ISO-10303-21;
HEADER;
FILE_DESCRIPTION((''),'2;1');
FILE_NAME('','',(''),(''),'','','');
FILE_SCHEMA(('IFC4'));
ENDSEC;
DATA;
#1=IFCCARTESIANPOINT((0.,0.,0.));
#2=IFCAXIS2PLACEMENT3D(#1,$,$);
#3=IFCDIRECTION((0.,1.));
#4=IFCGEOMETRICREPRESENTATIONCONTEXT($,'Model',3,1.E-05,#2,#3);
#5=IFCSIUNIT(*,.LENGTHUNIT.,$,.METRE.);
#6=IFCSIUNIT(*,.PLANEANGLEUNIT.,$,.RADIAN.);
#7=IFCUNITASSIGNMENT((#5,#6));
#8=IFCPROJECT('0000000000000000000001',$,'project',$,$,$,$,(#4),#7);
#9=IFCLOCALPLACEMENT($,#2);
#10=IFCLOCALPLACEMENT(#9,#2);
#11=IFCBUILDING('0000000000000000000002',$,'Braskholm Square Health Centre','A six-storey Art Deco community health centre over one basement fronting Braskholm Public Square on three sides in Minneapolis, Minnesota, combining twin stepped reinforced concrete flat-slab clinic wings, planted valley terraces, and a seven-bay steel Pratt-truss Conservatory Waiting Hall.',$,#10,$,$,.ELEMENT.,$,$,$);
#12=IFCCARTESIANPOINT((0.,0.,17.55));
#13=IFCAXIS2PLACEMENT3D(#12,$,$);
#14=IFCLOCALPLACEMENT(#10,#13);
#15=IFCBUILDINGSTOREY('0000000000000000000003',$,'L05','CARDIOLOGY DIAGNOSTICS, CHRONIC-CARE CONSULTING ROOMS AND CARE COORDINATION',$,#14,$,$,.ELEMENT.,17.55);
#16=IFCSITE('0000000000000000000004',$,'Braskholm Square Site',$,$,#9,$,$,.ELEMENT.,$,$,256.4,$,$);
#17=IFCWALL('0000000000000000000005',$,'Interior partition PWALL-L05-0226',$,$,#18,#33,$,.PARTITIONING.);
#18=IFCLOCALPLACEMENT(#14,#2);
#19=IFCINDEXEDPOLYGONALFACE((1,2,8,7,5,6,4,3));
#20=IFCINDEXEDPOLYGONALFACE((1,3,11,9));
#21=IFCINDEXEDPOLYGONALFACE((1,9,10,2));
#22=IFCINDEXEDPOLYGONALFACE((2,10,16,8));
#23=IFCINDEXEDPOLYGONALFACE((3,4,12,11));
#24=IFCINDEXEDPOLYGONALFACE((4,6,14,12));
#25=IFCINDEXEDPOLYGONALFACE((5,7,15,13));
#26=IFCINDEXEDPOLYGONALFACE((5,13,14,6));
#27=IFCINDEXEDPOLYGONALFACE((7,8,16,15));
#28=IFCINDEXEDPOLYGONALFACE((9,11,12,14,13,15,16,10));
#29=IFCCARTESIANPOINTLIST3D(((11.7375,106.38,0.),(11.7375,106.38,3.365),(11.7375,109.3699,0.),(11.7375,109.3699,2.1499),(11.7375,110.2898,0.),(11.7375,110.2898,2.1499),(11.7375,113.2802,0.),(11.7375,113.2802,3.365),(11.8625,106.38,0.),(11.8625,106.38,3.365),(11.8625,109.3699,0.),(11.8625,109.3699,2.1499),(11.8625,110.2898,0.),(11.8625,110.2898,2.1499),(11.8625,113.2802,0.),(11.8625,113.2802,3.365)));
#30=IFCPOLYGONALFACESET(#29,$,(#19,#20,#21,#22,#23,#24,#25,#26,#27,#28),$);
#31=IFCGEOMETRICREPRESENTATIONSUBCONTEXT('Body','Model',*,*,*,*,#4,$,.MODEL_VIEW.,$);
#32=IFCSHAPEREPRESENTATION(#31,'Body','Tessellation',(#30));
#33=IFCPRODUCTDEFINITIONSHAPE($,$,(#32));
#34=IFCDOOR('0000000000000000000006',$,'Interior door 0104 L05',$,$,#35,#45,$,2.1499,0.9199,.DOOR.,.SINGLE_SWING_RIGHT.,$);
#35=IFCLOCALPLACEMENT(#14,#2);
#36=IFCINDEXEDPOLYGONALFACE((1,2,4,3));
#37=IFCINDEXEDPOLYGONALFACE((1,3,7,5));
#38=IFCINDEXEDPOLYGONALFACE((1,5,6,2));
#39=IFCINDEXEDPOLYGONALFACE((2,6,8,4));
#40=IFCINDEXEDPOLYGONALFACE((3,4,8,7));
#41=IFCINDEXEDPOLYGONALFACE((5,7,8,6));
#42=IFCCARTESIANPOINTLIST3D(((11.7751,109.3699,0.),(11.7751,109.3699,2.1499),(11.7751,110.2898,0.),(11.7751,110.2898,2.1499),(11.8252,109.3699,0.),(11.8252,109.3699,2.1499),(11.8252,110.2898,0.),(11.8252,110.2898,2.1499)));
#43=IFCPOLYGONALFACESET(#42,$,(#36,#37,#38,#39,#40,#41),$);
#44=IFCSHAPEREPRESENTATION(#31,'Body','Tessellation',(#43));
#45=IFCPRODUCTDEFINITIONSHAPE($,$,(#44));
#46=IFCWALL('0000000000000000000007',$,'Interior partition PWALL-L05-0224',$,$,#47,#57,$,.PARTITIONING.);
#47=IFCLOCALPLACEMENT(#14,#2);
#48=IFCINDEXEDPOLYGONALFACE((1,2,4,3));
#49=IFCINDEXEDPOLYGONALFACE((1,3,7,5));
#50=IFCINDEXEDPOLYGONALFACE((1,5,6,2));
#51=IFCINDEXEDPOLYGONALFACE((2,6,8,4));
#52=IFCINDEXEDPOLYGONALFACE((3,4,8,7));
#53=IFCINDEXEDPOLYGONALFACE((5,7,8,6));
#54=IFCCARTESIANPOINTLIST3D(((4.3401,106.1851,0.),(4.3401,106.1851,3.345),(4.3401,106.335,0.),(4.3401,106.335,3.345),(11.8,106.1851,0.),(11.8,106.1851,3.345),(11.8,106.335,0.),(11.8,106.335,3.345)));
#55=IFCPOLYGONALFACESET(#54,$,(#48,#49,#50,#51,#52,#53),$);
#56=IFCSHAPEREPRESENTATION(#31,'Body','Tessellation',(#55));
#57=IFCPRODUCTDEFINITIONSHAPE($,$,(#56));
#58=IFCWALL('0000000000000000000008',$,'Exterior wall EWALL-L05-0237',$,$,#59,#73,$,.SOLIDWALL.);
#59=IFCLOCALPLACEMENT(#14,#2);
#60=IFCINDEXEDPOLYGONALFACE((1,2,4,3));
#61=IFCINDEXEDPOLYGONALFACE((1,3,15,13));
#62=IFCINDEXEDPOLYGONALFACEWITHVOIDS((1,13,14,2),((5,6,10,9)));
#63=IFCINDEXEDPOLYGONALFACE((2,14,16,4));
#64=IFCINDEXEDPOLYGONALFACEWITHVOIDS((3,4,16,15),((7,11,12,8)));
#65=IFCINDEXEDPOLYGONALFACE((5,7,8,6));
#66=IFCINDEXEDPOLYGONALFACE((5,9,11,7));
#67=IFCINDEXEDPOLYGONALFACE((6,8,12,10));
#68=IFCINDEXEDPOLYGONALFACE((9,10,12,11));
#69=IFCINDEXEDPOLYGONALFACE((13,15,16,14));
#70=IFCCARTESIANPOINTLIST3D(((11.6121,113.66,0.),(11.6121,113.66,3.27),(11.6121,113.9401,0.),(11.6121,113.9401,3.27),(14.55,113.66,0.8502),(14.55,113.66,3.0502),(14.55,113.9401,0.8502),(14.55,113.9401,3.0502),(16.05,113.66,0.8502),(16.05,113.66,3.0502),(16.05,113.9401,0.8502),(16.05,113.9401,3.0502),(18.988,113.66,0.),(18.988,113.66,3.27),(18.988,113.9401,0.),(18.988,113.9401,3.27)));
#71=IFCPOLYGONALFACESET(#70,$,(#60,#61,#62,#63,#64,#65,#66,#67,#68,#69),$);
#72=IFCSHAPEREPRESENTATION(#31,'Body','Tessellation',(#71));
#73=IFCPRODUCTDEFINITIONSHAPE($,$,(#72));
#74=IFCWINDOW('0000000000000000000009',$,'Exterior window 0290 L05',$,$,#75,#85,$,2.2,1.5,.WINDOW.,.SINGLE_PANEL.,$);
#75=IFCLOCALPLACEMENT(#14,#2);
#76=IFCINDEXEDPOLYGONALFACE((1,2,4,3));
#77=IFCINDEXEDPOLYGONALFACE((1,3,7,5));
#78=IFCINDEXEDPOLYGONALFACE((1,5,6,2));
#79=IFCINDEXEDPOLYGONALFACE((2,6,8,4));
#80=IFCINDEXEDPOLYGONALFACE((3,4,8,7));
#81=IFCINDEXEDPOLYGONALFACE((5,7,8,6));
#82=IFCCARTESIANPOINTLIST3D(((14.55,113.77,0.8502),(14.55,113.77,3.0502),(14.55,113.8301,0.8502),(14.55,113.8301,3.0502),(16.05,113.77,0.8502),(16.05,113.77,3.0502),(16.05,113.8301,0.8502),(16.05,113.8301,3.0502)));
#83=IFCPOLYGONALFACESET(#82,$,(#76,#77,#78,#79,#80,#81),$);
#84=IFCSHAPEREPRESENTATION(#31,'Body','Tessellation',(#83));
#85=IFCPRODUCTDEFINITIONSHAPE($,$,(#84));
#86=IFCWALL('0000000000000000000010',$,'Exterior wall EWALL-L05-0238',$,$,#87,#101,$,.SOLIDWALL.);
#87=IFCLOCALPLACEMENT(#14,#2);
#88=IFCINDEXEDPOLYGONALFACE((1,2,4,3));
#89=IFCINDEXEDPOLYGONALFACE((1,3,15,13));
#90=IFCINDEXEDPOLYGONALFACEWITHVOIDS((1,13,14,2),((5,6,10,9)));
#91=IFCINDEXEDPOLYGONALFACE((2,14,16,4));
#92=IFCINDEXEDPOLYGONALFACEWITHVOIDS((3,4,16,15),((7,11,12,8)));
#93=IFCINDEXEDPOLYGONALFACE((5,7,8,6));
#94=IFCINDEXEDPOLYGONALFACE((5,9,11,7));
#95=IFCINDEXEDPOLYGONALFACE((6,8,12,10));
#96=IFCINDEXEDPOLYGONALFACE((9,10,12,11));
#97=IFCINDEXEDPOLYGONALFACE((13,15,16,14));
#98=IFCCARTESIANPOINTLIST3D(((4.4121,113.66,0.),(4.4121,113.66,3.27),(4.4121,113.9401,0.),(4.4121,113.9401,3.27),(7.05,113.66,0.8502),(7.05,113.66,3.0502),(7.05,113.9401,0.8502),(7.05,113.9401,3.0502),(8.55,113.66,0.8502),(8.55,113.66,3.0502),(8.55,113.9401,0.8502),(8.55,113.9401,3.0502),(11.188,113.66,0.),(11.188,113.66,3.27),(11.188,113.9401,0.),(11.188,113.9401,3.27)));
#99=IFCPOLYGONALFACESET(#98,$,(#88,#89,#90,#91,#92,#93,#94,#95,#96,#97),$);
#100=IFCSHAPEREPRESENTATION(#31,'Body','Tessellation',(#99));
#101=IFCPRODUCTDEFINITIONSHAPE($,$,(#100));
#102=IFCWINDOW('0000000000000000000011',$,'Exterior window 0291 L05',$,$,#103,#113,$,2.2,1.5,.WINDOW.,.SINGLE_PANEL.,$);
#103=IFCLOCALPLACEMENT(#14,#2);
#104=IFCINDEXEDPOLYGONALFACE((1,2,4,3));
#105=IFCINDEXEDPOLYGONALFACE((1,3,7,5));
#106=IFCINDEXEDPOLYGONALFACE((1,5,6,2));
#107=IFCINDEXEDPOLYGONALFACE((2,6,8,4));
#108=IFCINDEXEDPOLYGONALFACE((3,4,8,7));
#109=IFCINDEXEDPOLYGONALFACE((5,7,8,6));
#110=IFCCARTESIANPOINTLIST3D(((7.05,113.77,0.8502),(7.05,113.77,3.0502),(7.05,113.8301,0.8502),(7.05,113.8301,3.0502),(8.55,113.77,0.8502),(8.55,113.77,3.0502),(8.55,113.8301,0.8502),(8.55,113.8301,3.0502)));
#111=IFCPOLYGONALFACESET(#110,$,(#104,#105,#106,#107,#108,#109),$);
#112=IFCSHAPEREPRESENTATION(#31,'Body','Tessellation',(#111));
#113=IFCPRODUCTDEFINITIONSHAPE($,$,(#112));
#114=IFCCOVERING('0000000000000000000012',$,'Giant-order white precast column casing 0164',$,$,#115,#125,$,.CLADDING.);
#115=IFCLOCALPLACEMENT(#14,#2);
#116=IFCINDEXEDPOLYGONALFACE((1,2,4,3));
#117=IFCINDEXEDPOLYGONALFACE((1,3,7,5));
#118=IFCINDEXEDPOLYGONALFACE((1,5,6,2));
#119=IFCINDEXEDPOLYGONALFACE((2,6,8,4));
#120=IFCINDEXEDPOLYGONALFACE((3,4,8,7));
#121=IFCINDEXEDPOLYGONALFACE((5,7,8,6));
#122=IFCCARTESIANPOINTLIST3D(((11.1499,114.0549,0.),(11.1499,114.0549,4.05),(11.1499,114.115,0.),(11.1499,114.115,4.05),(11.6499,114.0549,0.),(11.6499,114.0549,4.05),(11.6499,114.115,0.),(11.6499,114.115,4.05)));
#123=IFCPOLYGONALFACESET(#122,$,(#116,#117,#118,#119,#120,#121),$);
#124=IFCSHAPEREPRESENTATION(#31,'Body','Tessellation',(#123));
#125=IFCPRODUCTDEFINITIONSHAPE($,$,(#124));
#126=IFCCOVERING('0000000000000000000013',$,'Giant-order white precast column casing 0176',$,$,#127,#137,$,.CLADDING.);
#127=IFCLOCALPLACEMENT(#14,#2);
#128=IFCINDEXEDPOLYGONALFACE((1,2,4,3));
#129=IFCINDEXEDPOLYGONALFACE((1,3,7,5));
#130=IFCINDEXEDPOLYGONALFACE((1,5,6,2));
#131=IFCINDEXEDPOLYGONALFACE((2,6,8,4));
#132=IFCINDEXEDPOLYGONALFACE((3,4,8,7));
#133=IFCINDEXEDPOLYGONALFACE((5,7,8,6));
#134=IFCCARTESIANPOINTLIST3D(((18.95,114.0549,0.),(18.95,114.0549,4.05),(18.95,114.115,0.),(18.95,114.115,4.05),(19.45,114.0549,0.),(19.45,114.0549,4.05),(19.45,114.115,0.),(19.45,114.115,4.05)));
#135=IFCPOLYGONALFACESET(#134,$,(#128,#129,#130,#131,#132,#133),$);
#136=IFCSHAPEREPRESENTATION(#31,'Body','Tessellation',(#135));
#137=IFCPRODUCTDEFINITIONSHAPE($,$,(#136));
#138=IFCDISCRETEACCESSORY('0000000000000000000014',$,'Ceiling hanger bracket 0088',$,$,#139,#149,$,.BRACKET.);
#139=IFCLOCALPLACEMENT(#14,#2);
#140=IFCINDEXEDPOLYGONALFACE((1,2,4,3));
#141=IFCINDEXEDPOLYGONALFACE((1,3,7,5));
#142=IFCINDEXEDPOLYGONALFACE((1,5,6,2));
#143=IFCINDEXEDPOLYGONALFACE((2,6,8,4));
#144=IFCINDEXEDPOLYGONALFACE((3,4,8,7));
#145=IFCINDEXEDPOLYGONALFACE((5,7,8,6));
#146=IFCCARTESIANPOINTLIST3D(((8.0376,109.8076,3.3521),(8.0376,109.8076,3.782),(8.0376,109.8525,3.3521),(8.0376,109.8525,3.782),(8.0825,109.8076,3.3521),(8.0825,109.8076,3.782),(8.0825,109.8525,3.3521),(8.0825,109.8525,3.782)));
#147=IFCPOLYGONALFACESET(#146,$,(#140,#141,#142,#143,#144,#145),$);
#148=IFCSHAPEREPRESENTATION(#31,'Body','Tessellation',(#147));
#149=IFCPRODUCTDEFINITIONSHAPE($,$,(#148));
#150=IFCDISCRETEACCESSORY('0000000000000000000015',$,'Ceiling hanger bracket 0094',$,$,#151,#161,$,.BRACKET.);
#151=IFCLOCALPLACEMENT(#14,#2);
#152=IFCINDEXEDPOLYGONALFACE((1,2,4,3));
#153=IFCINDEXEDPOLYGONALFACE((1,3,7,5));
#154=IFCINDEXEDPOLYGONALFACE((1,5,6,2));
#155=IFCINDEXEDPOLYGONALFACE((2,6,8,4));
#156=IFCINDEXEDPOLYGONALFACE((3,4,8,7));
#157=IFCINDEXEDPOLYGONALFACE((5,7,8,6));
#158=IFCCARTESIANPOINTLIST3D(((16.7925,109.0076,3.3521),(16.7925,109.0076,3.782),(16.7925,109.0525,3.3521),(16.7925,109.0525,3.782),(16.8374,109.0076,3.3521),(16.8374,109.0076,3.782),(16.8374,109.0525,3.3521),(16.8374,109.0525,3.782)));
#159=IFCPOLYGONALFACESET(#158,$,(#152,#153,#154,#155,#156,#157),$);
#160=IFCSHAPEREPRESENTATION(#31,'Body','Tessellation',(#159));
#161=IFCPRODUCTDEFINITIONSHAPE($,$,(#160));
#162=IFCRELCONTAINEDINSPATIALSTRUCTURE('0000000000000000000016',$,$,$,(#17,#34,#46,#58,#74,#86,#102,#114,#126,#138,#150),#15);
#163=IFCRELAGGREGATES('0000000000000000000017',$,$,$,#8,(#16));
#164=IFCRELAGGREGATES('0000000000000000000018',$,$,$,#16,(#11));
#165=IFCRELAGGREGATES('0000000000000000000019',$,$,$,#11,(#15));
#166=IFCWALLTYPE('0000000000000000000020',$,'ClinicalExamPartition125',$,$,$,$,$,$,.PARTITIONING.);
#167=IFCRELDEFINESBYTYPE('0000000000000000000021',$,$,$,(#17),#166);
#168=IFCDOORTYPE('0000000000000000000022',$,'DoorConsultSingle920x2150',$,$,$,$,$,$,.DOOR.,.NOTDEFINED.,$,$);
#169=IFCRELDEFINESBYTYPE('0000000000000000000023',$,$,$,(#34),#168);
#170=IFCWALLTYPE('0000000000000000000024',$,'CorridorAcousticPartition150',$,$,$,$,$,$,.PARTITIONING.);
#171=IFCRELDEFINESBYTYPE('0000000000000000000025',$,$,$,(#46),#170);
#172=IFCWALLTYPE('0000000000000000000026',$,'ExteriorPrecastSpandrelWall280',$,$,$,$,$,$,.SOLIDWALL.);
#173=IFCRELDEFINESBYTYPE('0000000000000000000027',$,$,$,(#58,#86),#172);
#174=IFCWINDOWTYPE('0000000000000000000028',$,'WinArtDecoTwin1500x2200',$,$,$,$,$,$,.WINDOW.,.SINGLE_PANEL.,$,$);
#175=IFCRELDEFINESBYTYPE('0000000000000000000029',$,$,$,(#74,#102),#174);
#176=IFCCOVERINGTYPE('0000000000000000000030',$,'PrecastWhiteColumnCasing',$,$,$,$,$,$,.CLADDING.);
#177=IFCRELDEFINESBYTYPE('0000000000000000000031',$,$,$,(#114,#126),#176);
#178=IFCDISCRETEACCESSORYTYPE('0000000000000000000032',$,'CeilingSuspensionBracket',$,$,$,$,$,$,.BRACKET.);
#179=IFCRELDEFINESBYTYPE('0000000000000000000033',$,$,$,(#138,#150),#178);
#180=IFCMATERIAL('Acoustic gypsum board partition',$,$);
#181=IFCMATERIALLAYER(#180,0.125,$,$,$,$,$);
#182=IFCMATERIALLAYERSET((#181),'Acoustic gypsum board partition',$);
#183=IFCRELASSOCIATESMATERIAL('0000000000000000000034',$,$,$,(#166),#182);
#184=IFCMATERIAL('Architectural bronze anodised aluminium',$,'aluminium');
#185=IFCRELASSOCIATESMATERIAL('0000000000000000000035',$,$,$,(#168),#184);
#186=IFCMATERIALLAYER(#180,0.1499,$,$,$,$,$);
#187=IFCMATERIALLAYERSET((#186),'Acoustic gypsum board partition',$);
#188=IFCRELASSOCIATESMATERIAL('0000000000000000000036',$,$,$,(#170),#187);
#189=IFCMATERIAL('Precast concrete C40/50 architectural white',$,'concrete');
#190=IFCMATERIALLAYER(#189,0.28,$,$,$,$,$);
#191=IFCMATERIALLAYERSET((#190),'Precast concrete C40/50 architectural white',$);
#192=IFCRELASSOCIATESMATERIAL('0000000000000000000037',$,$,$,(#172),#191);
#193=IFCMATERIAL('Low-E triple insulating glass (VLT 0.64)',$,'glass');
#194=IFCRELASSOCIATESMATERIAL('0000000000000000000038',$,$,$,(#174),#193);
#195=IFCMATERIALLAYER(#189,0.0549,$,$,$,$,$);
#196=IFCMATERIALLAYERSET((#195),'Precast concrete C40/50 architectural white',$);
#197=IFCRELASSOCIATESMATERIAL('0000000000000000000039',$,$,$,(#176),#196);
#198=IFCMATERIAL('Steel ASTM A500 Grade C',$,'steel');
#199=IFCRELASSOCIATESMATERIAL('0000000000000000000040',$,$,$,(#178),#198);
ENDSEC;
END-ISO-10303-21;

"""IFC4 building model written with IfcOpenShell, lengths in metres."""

from ifc_helpers import new_model, si_unit, direction, frame, frame_2d, origin, origin_with_axes, origin_2d, place, context, subcontext, project, spatial, rectangle, extrude, material, layer, layer_set, type_object, element, fill, save


model = new_model("IFC4")

# Units and contexts
model_context = context("Model", 3, precision=1e-05, world=origin(), true_north=direction((0.0, 1.0)))
body_context = subcontext(model_context, "Body", "Model", "MODEL_VIEW")
ifc_project = project(units=[si_unit("LENGTHUNIT", "METRE"), si_unit("PLANEANGLEUNIT", "RADIAN")], contexts=[model_context])

# Site, building, storey
site_placement = place(None, origin())
site = spatial("IfcSite", under=ifc_project, at=site_placement, Name="Braskholm Square Site", CompositionType="ELEMENT", RefElevation=256.4)
building_placement = place(site_placement, origin())
building = spatial("IfcBuilding", under=site, at=building_placement, Name="Braskholm Square Health Centre", Description="A six-storey Art Deco community health centre over one basement fronting Braskholm Public Square on three sides in Minneapolis, Minnesota, combining twin stepped reinforced concrete flat-slab clinic wings, planted valley terraces, and a seven-bay steel Pratt-truss Conservatory Waiting Hall.", CompositionType="ELEMENT")
storey_placement = place(building_placement, frame((0.0, 0.0, 17.55)))
storey = spatial("IfcBuildingStorey", under=building, at=storey_placement, Name="L05", Description="CARDIOLOGY DIAGNOSTICS, CHRONIC-CARE CONSULTING ROOMS AND CARE COORDINATION", CompositionType="ELEMENT", Elevation=17.55)

# Shared definitions
ifc_material_1 = material(Name="Precast concrete C40/50 architectural white", Category="concrete")

# Shared definitions
ifc_material_2 = material(Name="Low-E triple insulating glass (VLT 0.64)", Category="glass")
ifc_material_3 = material(Name="Architectural bronze anodised aluminium", Category="aluminium")

# Wall, opening, door
ifc_material_4 = material(Name="Acoustic gypsum board partition")
ifc_layer_1 = layer(ifc_material_4, 0.125)
ifc_layer_set_1 = layer_set([ifc_layer_1], Name="Acoustic gypsum board partition")
wall_type_1 = type_object("IfcWallType", Name="ClinicalExamPartition125", PredefinedType="PARTITIONING", material=ifc_layer_set_1)
wall_1_placement = place(storey_placement, frame((11.8, 106.3799, 0.0), z_axis=(0.0, 0.0, 1.0), x_axis=(0.0, 1.0, 0.0)))
wall_1 = element("IfcWall", 1, at=wall_1_placement, inside=storey, type_object=wall_type_1, Name="Interior partition PWALL-L05-0226", PredefinedType="PARTITIONING", context=body_context, shape_type="SweptSolid", body=[
    extrude(rectangle(XDim=6.9001, YDim=0.125, at=frame_2d((3.4502, 0.0))), origin(), (0.0, 0.0, 1.0), 3.365),
])
opening_1_placement = place(wall_1_placement, frame((2.99, 0.0, 0.0)))
opening_1 = element("IfcOpeningElement", 2, at=opening_1_placement, cuts=wall_1, PredefinedType="OPENING", context=body_context, shape_type="SweptSolid", body=[
    extrude(rectangle(XDim=0.9199, YDim=2.1499, at=frame_2d((0.46, 1.075))), frame((0.0, 0.0725, 0.0), z_axis=(0.0, -1.0, 0.0), x_axis=(1.0, 0.0, 0.0)), (0.0, 0.0, 1.0), 0.145),
])
door_type = type_object("IfcDoorType", Name="DoorConsultSingle920x2150", OperationType="NOTDEFINED", PredefinedType="DOOR", material=ifc_material_3)
door_placement = place(opening_1_placement, origin_with_axes())
door = element("IfcDoor", 3, at=door_placement, inside=storey, type_object=door_type, Name="Interior door 0104 L05", OperationType="SINGLE_SWING_RIGHT", OverallHeight=2.1499, OverallWidth=0.9199, PredefinedType="DOOR", context=body_context, shape_type="SweptSolid", body=[
    extrude(rectangle(XDim=0.9199, YDim=2.1499, at=frame_2d((0.46, 1.075))), frame((0.0, 0.0249, 0.0), z_axis=(0.0, -1.0, 0.0), x_axis=(1.0, 0.0, 0.0)), (0.0, 0.0, 1.0), 0.05),
])
fill(opening_1, door)

# Wall
ifc_layer_2 = layer(ifc_material_4, 0.1499)
ifc_layer_set_2 = layer_set([ifc_layer_2], Name="Acoustic gypsum board partition")
wall_type_2 = type_object("IfcWallType", Name="CorridorAcousticPartition150", PredefinedType="PARTITIONING", material=ifc_layer_set_2)
wall_2_placement = place(storey_placement, frame((4.3401, 106.26, 0.0), z_axis=(0.0, 0.0, 1.0), x_axis=(1.0, 0.0, 0.0)))
element("IfcWall", 4, at=wall_2_placement, inside=storey, type_object=wall_type_2, Name="Interior partition PWALL-L05-0224", PredefinedType="PARTITIONING", context=body_context, shape_type="SweptSolid", body=[
    extrude(rectangle(XDim=7.46, YDim=0.1499, at=frame_2d((3.73, 0.0))), origin(), (0.0, 0.0, 1.0), 3.345),
])

# Walls, openings, windows
ifc_layer_3 = layer(ifc_material_1, 0.28)
ifc_layer_set_3 = layer_set([ifc_layer_3], Name="Precast concrete C40/50 architectural white")
wall_type_3 = type_object("IfcWallType", Name="ExteriorPrecastSpandrelWall280", PredefinedType="SOLIDWALL", material=ifc_layer_set_3)
wall_3_placement = place(storey_placement, frame((18.988, 113.8, 0.0), z_axis=(0.0, 0.0, 1.0), x_axis=(-1.0, 0.0, 0.0)))
wall_3 = element("IfcWall", 5, at=wall_3_placement, inside=storey, type_object=wall_type_3, Name="Exterior wall EWALL-L05-0237", PredefinedType="SOLIDWALL", context=body_context, shape_type="SweptSolid", body=[
    extrude(rectangle(XDim=7.376, YDim=0.28, at=frame_2d((3.688, 0.0))), origin(), (0.0, 0.0, 1.0), 3.27),
])
opening_2_placement = place(wall_3_placement, frame((2.938, 0.0, 0.8501)))
opening_2 = element("IfcOpeningElement", 6, at=opening_2_placement, cuts=wall_3, PredefinedType="OPENING", context=body_context, shape_type="SweptSolid", body=[
    extrude(rectangle(XDim=1.5, YDim=2.2, at=frame_2d((0.75, 1.1001))), frame((0.0, 0.1499, 0.0), z_axis=(0.0, -1.0, 0.0), x_axis=(1.0, 0.0, 0.0)), (0.0, 0.0, 1.0), 0.3),
])
window_type = type_object("IfcWindowType", Name="WinArtDecoTwin1500x2200", PartitioningType="SINGLE_PANEL", PredefinedType="WINDOW", material=ifc_material_2)
window_1_placement = place(opening_2_placement, origin_with_axes())
window_1 = element("IfcWindow", 7, at=window_1_placement, inside=storey, type_object=window_type, Name="Exterior window 0290 L05", OverallHeight=2.2, OverallWidth=1.5, PartitioningType="SINGLE_PANEL", PredefinedType="WINDOW", context=body_context, shape_type="SweptSolid", body=[
    extrude(rectangle(XDim=1.5, YDim=2.2, at=frame_2d((0.75, 1.1001))), frame((0.0, 0.03, 0.0), z_axis=(0.0, -1.0, 0.0), x_axis=(1.0, 0.0, 0.0)), (0.0, 0.0, 1.0), 0.0601),
])
fill(opening_2, window_1)
wall_4_placement = place(storey_placement, frame((11.188, 113.8, 0.0), z_axis=(0.0, 0.0, 1.0), x_axis=(-1.0, 0.0, 0.0)))
wall_4 = element("IfcWall", 8, at=wall_4_placement, inside=storey, type_object=wall_type_3, Name="Exterior wall EWALL-L05-0238", PredefinedType="SOLIDWALL", context=body_context, shape_type="SweptSolid", body=[
    extrude(rectangle(XDim=6.7759, YDim=0.28, at=frame_2d((3.3879, 0.0))), origin(), (0.0, 0.0, 1.0), 3.27),
])
opening_3_placement = place(wall_4_placement, frame((2.6379, 0.0, 0.8501)))
opening_3 = element("IfcOpeningElement", 9, at=opening_3_placement, cuts=wall_4, PredefinedType="OPENING", context=body_context, shape_type="SweptSolid", body=[
    extrude(rectangle(XDim=1.5, YDim=2.2, at=frame_2d((0.75, 1.1001))), frame((0.0, 0.1499, 0.0), z_axis=(0.0, -1.0, 0.0), x_axis=(1.0, 0.0, 0.0)), (0.0, 0.0, 1.0), 0.3),
])
window_2_placement = place(opening_3_placement, origin_with_axes())
window_2 = element("IfcWindow", 10, at=window_2_placement, inside=storey, type_object=window_type, Name="Exterior window 0291 L05", OverallHeight=2.2, OverallWidth=1.5, PartitioningType="SINGLE_PANEL", PredefinedType="WINDOW", context=body_context, shape_type="SweptSolid", body=[
    extrude(rectangle(XDim=1.5, YDim=2.2, at=frame_2d((0.75, 1.1001))), frame((0.0, 0.03, 0.0), z_axis=(0.0, -1.0, 0.0), x_axis=(1.0, 0.0, 0.0)), (0.0, 0.0, 1.0), 0.0601),
])
fill(opening_3, window_2)

# Coverings
ifc_layer_4 = layer(ifc_material_1, 0.0549)
ifc_layer_set_4 = layer_set([ifc_layer_4], Name="Precast concrete C40/50 architectural white")
covering_type = type_object("IfcCoveringType", Name="PrecastWhiteColumnCasing", PredefinedType="CLADDING", material=ifc_layer_set_4)
for number, where, z_axis, x_axis, name in (
    (11, (11.3999, 114.085, 0.0), (0.0, 0.0, 1.0), (1.0, 0.0, 0.0), "Giant-order white precast column casing 0164"),
    (12, (19.2, 114.085, 0.0), (0.0, 0.0, 1.0), (1.0, 0.0, 0.0), "Giant-order white precast column casing 0176"),
):
    element("IfcCovering", number, at=place(storey_placement, frame(where, z_axis=z_axis, x_axis=x_axis)), inside=storey, type_object=covering_type, Name=name, PredefinedType="CLADDING", context=body_context, shape_type="SweptSolid", body=[
        extrude(rectangle(XDim=0.5, YDim=0.0601, at=origin_2d()), origin(), (0.0, 0.0, 1.0), 4.05),
    ])

# Discrete accessories
ifc_material_5 = material(Name="Steel ASTM A500 Grade C", Category="steel")
discrete_accessory_type = type_object("IfcDiscreteAccessoryType", Name="CeilingSuspensionBracket", PredefinedType="BRACKET", material=ifc_material_5)
for number, where, z_axis, x_axis, name in (
    (13, (8.0601, 109.8301, 3.3521), (0.0, 0.0, 1.0), (1.0, 0.0, 0.0), "Ceiling hanger bracket 0088"),
    (14, (16.8149, 109.03, 3.3521), (0.0, 0.0, 1.0), (1.0, 0.0, 0.0), "Ceiling hanger bracket 0094"),
):
    element("IfcDiscreteAccessory", number, at=place(storey_placement, frame(where, z_axis=z_axis, x_axis=x_axis)), inside=storey, type_object=discrete_accessory_type, Name=name, PredefinedType="BRACKET", context=body_context, shape_type="SweptSolid", body=[
        extrude(rectangle(XDim=0.0449, YDim=0.0449, at=origin_2d()), origin(), (0.0, 0.0, 1.0), 0.4299),
    ])

save(model, "model.ifc")
